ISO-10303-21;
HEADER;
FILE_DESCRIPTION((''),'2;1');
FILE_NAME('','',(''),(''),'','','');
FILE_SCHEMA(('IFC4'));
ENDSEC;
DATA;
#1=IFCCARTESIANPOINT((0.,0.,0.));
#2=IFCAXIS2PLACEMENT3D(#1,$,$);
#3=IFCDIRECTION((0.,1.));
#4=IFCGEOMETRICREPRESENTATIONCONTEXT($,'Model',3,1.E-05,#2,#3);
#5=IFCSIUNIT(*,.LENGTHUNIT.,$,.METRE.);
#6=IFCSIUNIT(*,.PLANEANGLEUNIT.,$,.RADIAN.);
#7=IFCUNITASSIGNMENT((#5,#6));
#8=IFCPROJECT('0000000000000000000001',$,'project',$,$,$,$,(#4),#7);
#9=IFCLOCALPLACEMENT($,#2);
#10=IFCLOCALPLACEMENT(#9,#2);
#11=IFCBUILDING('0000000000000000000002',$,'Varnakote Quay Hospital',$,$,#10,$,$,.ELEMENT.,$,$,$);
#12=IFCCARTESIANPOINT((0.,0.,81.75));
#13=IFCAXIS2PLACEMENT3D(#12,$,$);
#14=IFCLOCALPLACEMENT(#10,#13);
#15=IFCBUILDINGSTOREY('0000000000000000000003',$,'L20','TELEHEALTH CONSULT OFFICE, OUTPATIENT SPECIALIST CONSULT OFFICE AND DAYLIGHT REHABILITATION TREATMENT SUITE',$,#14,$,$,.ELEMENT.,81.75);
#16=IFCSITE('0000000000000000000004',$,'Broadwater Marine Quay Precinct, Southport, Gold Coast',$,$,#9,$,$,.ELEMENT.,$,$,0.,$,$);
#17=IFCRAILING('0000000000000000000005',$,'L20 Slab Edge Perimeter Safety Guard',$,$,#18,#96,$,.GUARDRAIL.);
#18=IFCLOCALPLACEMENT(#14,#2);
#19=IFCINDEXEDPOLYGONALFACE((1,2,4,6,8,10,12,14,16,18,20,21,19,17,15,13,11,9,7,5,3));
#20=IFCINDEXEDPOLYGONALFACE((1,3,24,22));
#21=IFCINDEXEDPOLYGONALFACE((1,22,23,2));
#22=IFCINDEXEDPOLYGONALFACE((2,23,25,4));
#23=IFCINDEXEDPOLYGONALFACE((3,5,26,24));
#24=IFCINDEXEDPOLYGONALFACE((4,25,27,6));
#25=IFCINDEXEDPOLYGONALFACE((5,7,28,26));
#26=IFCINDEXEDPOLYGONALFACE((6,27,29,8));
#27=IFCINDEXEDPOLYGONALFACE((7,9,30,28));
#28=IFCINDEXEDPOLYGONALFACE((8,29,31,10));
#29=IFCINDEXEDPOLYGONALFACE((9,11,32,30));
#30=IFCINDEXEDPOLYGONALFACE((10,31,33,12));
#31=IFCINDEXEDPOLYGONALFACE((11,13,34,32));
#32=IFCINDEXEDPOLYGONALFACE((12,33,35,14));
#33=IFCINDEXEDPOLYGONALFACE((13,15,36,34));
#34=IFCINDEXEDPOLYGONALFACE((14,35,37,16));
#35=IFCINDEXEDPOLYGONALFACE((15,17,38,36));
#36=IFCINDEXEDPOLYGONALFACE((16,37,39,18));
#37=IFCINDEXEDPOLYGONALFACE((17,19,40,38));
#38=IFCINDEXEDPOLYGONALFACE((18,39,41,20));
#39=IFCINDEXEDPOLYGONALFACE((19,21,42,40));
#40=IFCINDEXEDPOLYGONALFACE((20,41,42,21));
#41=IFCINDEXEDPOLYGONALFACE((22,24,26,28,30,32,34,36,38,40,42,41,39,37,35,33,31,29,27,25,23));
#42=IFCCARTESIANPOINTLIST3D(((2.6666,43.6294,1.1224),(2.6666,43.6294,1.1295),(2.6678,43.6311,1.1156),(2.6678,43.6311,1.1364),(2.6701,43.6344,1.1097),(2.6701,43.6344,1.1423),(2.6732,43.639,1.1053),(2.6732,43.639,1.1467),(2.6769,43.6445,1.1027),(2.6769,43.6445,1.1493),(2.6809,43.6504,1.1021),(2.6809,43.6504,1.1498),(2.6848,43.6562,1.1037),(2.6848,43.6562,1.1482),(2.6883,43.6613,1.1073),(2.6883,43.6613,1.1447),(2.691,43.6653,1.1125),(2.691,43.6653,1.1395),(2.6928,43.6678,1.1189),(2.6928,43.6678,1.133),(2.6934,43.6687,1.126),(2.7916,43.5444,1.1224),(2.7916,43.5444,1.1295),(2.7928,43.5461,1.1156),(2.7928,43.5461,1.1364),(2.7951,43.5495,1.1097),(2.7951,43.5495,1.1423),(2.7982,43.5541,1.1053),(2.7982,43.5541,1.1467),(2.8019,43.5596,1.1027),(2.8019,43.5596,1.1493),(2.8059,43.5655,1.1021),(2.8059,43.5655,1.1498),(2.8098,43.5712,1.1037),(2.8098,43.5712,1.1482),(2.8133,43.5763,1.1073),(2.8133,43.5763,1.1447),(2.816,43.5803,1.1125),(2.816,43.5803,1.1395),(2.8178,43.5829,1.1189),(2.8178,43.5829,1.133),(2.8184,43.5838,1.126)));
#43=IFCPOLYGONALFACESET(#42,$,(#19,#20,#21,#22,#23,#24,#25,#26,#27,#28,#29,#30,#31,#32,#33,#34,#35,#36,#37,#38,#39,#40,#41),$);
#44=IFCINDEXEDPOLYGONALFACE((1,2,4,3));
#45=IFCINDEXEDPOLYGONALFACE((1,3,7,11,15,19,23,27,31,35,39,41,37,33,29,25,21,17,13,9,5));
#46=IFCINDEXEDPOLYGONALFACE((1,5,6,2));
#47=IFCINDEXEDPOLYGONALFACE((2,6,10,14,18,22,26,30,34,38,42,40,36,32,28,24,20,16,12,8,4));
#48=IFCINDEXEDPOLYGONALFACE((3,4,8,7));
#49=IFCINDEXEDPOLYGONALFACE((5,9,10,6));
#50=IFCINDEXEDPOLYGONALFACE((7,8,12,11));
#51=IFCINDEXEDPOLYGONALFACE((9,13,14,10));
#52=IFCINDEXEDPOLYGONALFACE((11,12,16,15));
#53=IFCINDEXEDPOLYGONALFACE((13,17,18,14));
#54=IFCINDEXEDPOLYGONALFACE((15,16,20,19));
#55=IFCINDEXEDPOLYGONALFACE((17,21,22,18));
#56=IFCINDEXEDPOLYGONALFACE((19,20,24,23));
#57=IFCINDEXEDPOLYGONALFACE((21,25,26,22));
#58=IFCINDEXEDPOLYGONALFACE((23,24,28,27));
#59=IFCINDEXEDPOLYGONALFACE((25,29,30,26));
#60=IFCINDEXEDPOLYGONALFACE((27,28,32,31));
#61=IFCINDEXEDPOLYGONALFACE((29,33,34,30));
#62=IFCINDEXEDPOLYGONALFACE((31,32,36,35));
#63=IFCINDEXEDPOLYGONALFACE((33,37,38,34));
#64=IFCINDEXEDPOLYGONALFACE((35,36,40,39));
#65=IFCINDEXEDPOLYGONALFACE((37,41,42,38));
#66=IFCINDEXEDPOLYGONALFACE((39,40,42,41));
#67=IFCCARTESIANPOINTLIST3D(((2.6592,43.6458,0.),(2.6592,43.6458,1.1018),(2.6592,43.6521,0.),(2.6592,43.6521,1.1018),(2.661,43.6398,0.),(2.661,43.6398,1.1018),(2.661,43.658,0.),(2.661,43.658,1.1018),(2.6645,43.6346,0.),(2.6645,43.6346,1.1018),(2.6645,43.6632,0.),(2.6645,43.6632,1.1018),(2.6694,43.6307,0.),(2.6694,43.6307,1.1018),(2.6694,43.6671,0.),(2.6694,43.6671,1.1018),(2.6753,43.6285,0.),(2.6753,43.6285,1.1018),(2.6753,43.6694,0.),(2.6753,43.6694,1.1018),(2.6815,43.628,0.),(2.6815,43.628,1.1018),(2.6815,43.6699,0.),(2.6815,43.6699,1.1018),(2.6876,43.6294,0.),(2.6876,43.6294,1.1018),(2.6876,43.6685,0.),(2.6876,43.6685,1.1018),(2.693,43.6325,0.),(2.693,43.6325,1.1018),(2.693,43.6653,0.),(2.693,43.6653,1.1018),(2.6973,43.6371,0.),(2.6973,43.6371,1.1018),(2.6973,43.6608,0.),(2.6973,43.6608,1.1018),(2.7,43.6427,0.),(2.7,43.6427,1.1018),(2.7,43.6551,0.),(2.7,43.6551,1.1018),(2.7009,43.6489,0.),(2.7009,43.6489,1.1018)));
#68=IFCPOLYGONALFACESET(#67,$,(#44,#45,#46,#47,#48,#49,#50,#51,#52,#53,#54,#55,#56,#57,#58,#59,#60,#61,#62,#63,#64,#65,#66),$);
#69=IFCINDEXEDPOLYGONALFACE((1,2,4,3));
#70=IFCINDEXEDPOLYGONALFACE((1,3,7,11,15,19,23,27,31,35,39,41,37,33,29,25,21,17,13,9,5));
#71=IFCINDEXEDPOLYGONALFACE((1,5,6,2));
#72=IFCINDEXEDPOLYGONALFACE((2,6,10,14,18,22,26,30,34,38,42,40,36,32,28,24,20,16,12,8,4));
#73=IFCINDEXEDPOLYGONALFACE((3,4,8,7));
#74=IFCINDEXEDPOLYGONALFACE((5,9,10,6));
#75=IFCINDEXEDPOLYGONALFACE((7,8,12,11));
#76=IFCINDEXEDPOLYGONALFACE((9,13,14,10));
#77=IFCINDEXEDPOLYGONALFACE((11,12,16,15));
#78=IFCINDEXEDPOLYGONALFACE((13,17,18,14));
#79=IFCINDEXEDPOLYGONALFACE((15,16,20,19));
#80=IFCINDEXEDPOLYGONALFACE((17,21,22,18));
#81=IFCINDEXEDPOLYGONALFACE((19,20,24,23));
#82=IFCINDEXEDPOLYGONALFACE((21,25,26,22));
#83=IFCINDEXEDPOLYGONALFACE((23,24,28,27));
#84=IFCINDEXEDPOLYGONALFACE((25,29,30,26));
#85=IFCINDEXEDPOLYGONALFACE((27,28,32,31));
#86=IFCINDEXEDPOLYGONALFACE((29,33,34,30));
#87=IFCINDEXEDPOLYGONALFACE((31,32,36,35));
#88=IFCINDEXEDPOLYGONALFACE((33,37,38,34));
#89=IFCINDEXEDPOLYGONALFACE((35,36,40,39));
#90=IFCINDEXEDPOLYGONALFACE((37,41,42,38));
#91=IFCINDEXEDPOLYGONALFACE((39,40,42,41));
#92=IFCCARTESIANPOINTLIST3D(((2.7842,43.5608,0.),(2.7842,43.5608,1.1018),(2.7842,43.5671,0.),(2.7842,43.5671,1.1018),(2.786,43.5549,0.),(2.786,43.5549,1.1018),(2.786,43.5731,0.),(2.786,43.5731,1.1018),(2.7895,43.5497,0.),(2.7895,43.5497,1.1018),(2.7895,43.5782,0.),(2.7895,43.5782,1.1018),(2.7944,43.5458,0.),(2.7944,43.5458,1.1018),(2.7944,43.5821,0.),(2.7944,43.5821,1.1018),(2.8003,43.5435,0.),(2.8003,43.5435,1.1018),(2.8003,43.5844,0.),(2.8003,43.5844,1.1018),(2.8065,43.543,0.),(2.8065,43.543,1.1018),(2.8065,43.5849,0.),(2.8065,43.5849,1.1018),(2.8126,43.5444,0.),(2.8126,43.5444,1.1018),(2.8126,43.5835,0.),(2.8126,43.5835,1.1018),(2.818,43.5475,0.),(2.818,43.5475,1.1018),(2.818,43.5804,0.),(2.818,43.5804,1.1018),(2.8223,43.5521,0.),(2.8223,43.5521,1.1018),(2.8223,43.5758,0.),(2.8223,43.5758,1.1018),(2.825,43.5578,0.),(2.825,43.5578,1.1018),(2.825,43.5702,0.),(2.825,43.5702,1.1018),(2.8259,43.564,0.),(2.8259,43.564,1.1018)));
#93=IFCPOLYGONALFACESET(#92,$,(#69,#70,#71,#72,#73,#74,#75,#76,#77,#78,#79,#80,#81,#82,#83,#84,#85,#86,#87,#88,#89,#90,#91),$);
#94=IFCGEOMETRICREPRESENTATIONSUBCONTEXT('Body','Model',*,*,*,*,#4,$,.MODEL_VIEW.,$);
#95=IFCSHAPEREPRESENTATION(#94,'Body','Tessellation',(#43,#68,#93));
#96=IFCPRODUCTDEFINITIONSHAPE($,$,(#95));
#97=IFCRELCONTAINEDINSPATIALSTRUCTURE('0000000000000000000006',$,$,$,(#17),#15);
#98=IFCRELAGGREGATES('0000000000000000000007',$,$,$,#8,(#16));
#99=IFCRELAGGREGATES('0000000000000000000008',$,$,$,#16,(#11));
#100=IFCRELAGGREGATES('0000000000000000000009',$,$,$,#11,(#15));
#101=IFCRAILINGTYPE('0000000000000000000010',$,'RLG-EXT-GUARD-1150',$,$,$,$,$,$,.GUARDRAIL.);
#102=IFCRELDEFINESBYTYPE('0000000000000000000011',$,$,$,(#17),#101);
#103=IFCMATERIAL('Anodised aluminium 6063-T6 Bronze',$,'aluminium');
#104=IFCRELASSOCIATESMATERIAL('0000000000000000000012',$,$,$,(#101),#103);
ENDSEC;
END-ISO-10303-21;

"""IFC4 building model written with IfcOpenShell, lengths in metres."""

from ifc_helpers import new_model, si_unit, direction, frame, origin, origin_2d, place, context, subcontext, project, spatial, circle, extrude, material, type_object, element, save


model = new_model("IFC4")

# Units and contexts
model_context = context("Model", 3, precision=1e-05, world=origin(), true_north=direction((0.0, 1.0)))
body_context = subcontext(model_context, "Body", "Model", "MODEL_VIEW")
ifc_project = project(units=[si_unit("LENGTHUNIT", "METRE"), si_unit("PLANEANGLEUNIT", "RADIAN")], contexts=[model_context])

# Site, building, storey
site_placement = place(None, origin())
site = spatial("IfcSite", under=ifc_project, at=site_placement, Name="Broadwater Marine Quay Precinct, Southport, Gold Coast", CompositionType="ELEMENT", RefElevation=0.0)
building_placement = place(site_placement, origin())
building = spatial("IfcBuilding", under=site, at=building_placement, Name="Varnakote Quay Hospital", CompositionType="ELEMENT")
storey_placement = place(building_placement, frame((0.0, 0.0, 81.75)))
storey = spatial("IfcBuildingStorey", under=building, at=storey_placement, Name="L20", Description="TELEHEALTH CONSULT OFFICE, OUTPATIENT SPECIALIST CONSULT OFFICE AND DAYLIGHT REHABILITATION TREATMENT SUITE", CompositionType="ELEMENT", Elevation=81.75)

# Railing
ifc_material_1 = material(Name="Anodised aluminium 6063-T6 Bronze", Category="aluminium")
railing_type = type_object("IfcRailingType", Name="RLG-EXT-GUARD-1150", PredefinedType="GUARDRAIL", material=ifc_material_1)
railing_1_placement = place(storey_placement, frame((2.6799, 43.6489, 0.0)))
element("IfcRailing", 1, at=railing_1_placement, inside=storey, type_object=railing_type, Name="L20 Slab Edge Perimeter Safety Guard", PredefinedType="GUARDRAIL", context=body_context, shape_type="SweptSolid", body=[
    extrude(circle(Radius=0.0239, at=origin_2d()), frame((0.0, 0.0, 1.126), z_axis=(0.827047, -0.562133, 0.0), x_axis=(0.562133, 0.827047, 0.0)), (0.0, 0.0, 1.0), 0.1511),
    extrude(circle(Radius=0.021, at=origin_2d()), origin(), (0.0, 0.0, 1.0), 1.1018),
    extrude(circle(Radius=0.021, at=origin_2d()), frame((0.125, -0.085, 0.0)), (0.0, 0.0, 1.0), 1.1018),
])

save(model, "model.ifc")
